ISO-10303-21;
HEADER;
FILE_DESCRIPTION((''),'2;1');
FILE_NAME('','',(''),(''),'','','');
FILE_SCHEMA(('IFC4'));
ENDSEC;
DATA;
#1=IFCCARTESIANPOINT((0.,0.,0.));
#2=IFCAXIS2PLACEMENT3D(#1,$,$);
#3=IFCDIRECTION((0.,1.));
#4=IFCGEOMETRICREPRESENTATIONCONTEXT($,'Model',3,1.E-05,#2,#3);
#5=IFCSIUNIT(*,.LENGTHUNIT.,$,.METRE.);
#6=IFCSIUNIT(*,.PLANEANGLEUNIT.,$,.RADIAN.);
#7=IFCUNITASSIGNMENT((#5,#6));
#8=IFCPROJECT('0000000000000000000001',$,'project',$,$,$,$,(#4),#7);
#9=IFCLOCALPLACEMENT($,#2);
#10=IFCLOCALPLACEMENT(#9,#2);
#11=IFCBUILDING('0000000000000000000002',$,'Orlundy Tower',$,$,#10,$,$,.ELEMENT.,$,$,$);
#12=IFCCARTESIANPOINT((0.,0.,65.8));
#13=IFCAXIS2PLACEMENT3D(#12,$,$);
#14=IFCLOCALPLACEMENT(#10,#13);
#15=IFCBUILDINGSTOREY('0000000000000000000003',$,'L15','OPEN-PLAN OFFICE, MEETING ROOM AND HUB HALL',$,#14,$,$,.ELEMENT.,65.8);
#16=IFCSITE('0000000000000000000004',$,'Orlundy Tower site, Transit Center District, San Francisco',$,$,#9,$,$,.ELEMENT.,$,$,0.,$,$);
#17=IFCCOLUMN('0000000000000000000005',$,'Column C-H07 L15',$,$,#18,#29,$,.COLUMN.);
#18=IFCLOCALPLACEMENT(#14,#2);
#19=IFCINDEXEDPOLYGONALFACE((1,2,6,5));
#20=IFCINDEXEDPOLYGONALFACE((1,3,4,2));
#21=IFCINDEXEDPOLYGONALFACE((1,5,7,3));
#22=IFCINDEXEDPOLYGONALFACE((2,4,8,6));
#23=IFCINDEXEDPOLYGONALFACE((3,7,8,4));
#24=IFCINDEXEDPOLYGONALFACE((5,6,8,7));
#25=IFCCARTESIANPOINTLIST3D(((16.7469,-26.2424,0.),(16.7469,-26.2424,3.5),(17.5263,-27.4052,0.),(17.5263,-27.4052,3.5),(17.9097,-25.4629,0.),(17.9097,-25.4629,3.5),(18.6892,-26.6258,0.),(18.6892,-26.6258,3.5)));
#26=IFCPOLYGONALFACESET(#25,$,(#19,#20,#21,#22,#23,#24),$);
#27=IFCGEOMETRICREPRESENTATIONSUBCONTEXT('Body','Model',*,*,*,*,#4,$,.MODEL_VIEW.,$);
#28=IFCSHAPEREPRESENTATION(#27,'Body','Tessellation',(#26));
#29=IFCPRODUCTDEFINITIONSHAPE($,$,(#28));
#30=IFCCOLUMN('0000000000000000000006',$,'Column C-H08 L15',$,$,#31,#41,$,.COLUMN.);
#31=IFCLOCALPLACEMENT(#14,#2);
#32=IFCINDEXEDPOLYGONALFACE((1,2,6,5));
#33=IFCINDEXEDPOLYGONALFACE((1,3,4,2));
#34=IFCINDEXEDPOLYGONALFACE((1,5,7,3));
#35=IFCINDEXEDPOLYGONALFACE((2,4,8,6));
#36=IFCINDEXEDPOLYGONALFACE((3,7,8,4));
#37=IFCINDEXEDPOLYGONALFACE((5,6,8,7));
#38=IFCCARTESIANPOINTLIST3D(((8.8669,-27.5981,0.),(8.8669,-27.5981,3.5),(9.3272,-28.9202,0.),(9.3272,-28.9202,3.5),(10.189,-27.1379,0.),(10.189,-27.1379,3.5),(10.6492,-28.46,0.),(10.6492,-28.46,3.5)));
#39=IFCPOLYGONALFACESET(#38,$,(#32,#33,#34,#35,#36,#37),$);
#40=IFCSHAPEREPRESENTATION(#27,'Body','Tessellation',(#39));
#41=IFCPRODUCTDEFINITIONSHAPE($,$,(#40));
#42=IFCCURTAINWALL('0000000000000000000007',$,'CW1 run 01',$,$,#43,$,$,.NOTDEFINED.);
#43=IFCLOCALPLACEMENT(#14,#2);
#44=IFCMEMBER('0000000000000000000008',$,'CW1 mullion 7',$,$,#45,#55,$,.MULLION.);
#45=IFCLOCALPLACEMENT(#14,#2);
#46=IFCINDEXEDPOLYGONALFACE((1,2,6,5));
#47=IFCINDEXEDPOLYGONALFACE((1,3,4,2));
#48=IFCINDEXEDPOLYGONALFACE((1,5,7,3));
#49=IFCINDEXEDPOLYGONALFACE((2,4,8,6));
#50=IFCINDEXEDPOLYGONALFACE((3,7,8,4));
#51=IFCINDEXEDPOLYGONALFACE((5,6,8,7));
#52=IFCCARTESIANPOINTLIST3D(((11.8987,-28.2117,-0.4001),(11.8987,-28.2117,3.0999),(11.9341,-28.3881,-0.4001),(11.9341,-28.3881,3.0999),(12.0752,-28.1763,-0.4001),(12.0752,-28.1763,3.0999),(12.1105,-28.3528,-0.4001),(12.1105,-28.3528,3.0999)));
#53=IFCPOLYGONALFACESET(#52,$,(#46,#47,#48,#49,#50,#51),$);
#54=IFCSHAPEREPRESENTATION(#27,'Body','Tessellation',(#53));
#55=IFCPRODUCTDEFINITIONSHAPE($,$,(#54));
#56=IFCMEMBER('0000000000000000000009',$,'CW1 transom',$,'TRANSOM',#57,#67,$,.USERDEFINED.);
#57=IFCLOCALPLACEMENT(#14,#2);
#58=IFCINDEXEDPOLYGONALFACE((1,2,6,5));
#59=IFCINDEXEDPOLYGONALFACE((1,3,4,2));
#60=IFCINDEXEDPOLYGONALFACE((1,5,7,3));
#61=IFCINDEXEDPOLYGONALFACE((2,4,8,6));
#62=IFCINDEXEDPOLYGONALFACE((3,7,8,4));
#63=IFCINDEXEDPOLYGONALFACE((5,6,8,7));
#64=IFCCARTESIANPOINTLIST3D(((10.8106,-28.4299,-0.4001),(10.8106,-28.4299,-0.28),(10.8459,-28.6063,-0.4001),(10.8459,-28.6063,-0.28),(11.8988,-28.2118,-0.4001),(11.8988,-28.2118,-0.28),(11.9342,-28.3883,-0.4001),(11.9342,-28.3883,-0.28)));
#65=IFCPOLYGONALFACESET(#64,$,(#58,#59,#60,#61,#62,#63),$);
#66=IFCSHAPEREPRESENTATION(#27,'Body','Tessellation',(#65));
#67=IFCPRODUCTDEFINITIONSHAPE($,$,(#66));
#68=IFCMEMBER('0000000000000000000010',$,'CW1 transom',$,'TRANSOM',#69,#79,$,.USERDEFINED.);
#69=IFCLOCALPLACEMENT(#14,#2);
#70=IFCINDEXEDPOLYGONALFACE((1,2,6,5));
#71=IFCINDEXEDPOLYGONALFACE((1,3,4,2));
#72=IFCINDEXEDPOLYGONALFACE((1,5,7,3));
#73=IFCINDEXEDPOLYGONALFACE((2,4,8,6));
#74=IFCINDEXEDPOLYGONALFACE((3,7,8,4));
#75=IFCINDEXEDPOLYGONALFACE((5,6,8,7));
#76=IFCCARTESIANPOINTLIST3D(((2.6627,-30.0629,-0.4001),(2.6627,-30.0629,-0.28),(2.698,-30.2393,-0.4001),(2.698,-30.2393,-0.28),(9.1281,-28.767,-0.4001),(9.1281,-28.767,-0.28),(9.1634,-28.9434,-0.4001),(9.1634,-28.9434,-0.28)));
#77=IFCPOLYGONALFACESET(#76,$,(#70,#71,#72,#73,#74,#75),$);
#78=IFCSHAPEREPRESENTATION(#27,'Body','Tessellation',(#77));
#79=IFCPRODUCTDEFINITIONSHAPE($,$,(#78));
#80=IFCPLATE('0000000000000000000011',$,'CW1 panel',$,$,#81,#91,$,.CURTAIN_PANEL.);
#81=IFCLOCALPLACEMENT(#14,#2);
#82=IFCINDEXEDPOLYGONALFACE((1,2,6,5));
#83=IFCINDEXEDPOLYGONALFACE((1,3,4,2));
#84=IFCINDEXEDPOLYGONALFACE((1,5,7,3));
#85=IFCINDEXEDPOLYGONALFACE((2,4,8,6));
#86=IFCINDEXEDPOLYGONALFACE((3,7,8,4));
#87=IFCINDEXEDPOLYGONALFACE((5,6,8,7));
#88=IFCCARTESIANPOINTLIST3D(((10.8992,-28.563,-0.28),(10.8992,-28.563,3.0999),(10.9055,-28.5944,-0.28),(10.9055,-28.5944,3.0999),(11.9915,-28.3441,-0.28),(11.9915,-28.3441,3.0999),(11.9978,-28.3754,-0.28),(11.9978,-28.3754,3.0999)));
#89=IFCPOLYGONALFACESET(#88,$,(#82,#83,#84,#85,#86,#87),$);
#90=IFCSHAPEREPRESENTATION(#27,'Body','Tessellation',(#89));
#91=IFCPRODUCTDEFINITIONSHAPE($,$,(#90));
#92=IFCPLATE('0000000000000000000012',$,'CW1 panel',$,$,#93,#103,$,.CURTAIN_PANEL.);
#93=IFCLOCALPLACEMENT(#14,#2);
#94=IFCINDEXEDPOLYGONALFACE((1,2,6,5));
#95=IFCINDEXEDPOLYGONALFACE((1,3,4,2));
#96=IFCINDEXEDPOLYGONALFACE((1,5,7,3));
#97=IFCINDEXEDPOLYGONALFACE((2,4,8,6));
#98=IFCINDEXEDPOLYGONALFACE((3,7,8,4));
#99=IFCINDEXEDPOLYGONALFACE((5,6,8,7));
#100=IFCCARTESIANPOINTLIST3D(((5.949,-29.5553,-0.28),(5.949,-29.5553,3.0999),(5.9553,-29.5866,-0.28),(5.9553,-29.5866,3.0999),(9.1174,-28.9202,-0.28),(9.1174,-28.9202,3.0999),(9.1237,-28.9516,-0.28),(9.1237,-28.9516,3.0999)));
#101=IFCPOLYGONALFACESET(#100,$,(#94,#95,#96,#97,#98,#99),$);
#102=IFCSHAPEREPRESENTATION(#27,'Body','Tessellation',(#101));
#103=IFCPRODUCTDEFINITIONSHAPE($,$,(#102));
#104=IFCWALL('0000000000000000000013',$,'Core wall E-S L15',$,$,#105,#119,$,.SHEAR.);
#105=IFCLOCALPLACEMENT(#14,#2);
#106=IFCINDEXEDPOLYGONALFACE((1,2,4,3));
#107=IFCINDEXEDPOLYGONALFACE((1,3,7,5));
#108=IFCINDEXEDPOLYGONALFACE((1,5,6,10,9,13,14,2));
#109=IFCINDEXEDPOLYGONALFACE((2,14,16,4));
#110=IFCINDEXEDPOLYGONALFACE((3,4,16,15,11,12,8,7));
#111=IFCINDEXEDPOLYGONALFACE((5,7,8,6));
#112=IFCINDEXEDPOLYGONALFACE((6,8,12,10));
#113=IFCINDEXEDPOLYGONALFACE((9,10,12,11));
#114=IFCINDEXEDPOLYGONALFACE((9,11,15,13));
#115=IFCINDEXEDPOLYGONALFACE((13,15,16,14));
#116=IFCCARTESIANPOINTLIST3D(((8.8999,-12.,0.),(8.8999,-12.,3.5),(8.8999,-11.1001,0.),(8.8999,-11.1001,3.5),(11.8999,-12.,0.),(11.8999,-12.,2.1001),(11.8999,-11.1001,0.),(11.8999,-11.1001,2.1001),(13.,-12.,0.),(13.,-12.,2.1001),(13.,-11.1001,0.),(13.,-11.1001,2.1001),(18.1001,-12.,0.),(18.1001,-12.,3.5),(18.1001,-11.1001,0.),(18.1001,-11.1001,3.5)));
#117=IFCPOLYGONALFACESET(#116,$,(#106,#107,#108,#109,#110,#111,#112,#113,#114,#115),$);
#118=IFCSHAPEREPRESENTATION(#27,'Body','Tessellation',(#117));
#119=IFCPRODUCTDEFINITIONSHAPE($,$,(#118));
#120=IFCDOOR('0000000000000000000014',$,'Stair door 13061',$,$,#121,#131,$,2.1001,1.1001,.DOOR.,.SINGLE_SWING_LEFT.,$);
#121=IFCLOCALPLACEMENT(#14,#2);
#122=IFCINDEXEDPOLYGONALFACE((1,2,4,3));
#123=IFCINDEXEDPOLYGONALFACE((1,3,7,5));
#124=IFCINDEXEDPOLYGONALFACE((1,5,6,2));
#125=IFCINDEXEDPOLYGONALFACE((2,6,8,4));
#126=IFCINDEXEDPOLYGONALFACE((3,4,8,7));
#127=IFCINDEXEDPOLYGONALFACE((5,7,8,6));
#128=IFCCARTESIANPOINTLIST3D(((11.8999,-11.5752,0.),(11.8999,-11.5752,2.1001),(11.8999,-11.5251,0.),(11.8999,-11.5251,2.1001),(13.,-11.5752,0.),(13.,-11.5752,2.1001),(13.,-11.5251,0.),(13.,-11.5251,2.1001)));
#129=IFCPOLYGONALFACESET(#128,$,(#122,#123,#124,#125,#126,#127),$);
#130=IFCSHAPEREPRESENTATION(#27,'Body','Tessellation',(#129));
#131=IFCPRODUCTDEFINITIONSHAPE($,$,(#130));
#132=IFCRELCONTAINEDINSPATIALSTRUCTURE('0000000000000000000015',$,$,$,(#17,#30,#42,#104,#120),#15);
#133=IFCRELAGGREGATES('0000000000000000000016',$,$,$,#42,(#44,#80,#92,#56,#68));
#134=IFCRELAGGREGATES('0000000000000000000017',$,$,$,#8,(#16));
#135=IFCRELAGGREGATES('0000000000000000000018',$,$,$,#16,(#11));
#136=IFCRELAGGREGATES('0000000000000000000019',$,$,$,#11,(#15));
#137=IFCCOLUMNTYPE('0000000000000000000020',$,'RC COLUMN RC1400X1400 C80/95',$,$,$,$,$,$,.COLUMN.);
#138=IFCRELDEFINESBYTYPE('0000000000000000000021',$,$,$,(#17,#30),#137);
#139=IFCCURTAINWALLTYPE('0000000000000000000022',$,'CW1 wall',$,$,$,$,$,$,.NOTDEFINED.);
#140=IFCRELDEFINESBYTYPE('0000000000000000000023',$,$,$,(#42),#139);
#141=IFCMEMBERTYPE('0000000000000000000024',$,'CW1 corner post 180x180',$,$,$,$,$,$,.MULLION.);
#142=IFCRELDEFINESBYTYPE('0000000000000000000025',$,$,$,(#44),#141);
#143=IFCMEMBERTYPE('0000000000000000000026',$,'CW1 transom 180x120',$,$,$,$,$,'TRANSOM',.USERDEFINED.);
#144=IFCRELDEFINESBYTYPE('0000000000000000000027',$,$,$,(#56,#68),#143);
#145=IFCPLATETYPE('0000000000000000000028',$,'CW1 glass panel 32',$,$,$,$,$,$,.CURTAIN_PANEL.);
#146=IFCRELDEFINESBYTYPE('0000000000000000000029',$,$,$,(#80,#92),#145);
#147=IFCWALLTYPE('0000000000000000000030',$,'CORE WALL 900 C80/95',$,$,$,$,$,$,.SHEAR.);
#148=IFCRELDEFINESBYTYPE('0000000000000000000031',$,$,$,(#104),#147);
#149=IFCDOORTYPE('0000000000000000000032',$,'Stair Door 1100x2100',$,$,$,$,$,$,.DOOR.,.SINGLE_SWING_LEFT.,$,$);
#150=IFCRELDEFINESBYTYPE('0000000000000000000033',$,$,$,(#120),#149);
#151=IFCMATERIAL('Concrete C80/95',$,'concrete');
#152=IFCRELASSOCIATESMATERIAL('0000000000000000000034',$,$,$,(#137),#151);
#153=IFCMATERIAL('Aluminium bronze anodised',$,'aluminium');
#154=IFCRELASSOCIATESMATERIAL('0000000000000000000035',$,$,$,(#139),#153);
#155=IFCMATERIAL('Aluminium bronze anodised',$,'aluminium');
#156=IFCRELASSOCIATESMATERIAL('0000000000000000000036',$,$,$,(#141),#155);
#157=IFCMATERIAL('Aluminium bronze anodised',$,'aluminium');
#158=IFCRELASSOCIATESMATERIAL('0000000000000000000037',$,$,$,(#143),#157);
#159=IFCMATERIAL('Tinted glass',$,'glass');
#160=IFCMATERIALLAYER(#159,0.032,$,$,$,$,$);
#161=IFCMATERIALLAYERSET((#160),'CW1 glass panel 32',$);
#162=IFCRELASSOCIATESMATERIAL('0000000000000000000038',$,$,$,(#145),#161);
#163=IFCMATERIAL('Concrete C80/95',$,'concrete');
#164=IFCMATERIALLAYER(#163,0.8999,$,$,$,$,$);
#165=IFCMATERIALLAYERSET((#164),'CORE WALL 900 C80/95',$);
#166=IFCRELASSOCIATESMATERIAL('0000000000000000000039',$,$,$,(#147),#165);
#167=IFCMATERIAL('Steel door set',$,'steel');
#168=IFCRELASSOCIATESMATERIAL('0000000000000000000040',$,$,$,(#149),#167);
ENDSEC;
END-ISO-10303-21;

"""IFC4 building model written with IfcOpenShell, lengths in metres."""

from ifc_helpers import new_model, si_unit, direction, frame, frame_2d, origin, origin_2d, place, context, subcontext, project, spatial, rectangle, extrude, material, layer, layer_set, material_profile, profile_set, type_object, element, fill, aggregate, save


model = new_model("IFC4")

# Units and contexts
model_context = context("Model", 3, precision=1e-05, world=origin(), true_north=direction((0.0, 1.0)))
body_context = subcontext(model_context, "Body", "Model", "MODEL_VIEW")
ifc_project = project(units=[si_unit("LENGTHUNIT", "METRE"), si_unit("PLANEANGLEUNIT", "RADIAN")], contexts=[model_context])

# Site, building, storey
site_placement = place(None, origin())
site = spatial("IfcSite", under=ifc_project, at=site_placement, Name="Orlundy Tower site, Transit Center District, San Francisco", CompositionType="ELEMENT", RefElevation=0.0)
building_placement = place(site_placement, origin())
building = spatial("IfcBuilding", under=site, at=building_placement, Name="Orlundy Tower", CompositionType="ELEMENT")
storey_placement = place(building_placement, frame((0.0, 0.0, 65.8)))
storey = spatial("IfcBuildingStorey", under=building, at=storey_placement, Name="L15", Description="OPEN-PLAN OFFICE, MEETING ROOM AND HUB HALL", CompositionType="ELEMENT", Elevation=65.8)

# Columns
ifc_material_1 = material(Name="Concrete C80/95", Category="concrete")
ifc_material_profile_1 = material_profile(ifc_material_1, rectangle(XDim=1.3999, YDim=1.3999, at=origin_2d()), Name="RC1400X1400")
ifc_profile_set_1 = profile_set([ifc_material_profile_1], Name="Concrete C80/95")
column_type = type_object("IfcColumnType", Name="RC COLUMN RC1400X1400 C80/95", PredefinedType="COLUMN", material=ifc_profile_set_1)
for number, where, z_axis, x_axis, name in (
    (1, (17.718, -26.4341, 0.0), (0.0, 0.0, 1.0), (0.556774, -0.830664, 0.0), "Column C-H07 L15"),
    (2, (9.7581, -28.0291, 0.0), (0.0, 0.0, 1.0), (0.328784, -0.944405, 0.0), "Column C-H08 L15"),
):
    element("IfcColumn", number, at=place(storey_placement, frame(where, z_axis=z_axis, x_axis=x_axis)), inside=storey, type_object=column_type, Name=name, PredefinedType="COLUMN", context=body_context, shape_type="SweptSolid", body=[
        extrude(rectangle(XDim=1.3999, YDim=1.3999, at=origin_2d()), origin(), (0.0, 0.0, 1.0), 3.5),
    ])

# Curtain wall, members, plates
ifc_material_2 = material(Name="Aluminium bronze anodised", Category="aluminium")
curtain_wall_type = type_object("IfcCurtainWallType", Name="CW1 wall", PredefinedType="NOTDEFINED", material=ifc_material_2)
curtain_wall_placement = place(storey_placement, origin())
curtain_wall = element("IfcCurtainWall", 3, at=curtain_wall_placement, inside=storey, type_object=curtain_wall_type, Name="CW1 run 01", PredefinedType="NOTDEFINED")
ifc_material_3 = material(Name="Aluminium bronze anodised", Category="aluminium")
ifc_material_profile_2 = material_profile(ifc_material_3, rectangle(XDim=0.1799, YDim=0.1799, at=origin_2d()), Name="CW1 corner post 180x180")
ifc_profile_set_2 = profile_set([ifc_material_profile_2], Name="Aluminium bronze anodised")
member_type_1 = type_object("IfcMemberType", Name="CW1 corner post 180x180", PredefinedType="MULLION", material=ifc_profile_set_2)
member_1_placement = place(storey_placement, frame((12.0046, -28.2822, -0.4001), z_axis=(0.0, 0.0, 1.0), x_axis=(0.196532, -0.980497, 0.0)))
member_1 = element("IfcMember", 4, at=member_1_placement, type_object=member_type_1, Name="CW1 mullion 7", PredefinedType="MULLION", context=body_context, shape_type="SweptSolid", body=[
    extrude(rectangle(XDim=0.1799, YDim=0.1799, at=origin_2d()), origin(), (0.0, 0.0, 1.0), 3.5),
])
ifc_material_4 = material(Name="Aluminium bronze anodised", Category="aluminium")
ifc_material_profile_3 = material_profile(ifc_material_4, rectangle(XDim=0.1799, YDim=0.1201, at=origin_2d()), Name="CW1 transom 180x120")
ifc_profile_set_3 = profile_set([ifc_material_profile_3], Name="Aluminium bronze anodised")
member_type_2 = type_object("IfcMemberType", Name="CW1 transom 180x120", ElementType="TRANSOM", PredefinedType="USERDEFINED", material=ifc_profile_set_3)
member_2_placement = place(storey_placement, frame((11.9165, -28.3, -0.3401), z_axis=(-0.980513, -0.196455, 0.0), x_axis=(0.196455, -0.980513, 0.0)))
member_2 = element("IfcMember", 5, at=member_2_placement, type_object=member_type_2, Name="CW1 transom", ObjectType="TRANSOM", PredefinedType="USERDEFINED", context=body_context, shape_type="SweptSolid", body=[
    extrude(rectangle(XDim=0.1799, YDim=0.1201, at=origin_2d()), origin(), (0.0, 0.0, 1.0), 1.1099),
])
member_3_placement = place(storey_placement, frame((9.1458, -28.8552, -0.3401), z_axis=(-0.980498, -0.196529, 0.0), x_axis=(0.196529, -0.980498, 0.0)))
member_3 = element("IfcMember", 6, at=member_3_placement, type_object=member_type_2, Name="CW1 transom", ObjectType="TRANSOM", PredefinedType="USERDEFINED", context=body_context, shape_type="SweptSolid", body=[
    extrude(rectangle(XDim=0.1799, YDim=0.1201, at=origin_2d()), origin(), (0.0, 0.0, 1.0), 6.594),
])
ifc_material_5 = material(Name="Tinted glass", Category="glass")
ifc_layer_1 = layer(ifc_material_5, 0.032)
ifc_layer_set_1 = layer_set([ifc_layer_1], Name="CW1 glass panel 32")
plate_type = type_object("IfcPlateType", Name="CW1 glass panel 32", PredefinedType="CURTAIN_PANEL", material=ifc_layer_set_1)
plate_1_placement = place(storey_placement, frame((11.4485, -28.4692, -0.28), z_axis=(0.0, 0.0, 1.0), x_axis=(-0.980497, -0.196532, 0.0)))
plate_1 = element("IfcPlate", 7, at=plate_1_placement, type_object=plate_type, Name="CW1 panel", PredefinedType="CURTAIN_PANEL", context=body_context, shape_type="SweptSolid", body=[
    extrude(rectangle(XDim=1.114, YDim=0.032, at=origin_2d()), origin(), (0.0, 0.0, 1.0), 3.3799),
])
plate_2_placement = place(storey_placement, frame((7.5364, -29.2534, -0.28), z_axis=(0.0, 0.0, 1.0), x_axis=(-0.980497, -0.196532, 0.0)))
plate_2 = element("IfcPlate", 8, at=plate_2_placement, type_object=plate_type, Name="CW1 panel", PredefinedType="CURTAIN_PANEL", context=body_context, shape_type="SweptSolid", body=[
    extrude(rectangle(XDim=3.2314, YDim=0.032, at=origin_2d()), origin(), (0.0, 0.0, 1.0), 3.3799),
])
aggregate(curtain_wall, [member_1, plate_1, plate_2, member_2, member_3])

# Wall, opening, door
ifc_material_6 = material(Name="Concrete C80/95", Category="concrete")
ifc_layer_2 = layer(ifc_material_6, 0.8999)
ifc_layer_set_2 = layer_set([ifc_layer_2], Name="CORE WALL 900 C80/95")
wall_type_1 = type_object("IfcWallType", Name="CORE WALL 900 C80/95", PredefinedType="SHEAR", material=ifc_layer_set_2)
wall_1_placement = place(storey_placement, frame((8.8999, -11.55, 0.0), z_axis=(0.0, 0.0, 1.0), x_axis=(1.0, 0.0, 0.0)))
wall_1 = element("IfcWall", 9, at=wall_1_placement, inside=storey, type_object=wall_type_1, Name="Core wall E-S L15", PredefinedType="SHEAR", context=body_context, shape_type="SweptSolid", body=[
    extrude(rectangle(XDim=9.2002, YDim=0.8999, at=frame_2d((4.6001, 0.0))), origin(), (0.0, 0.0, 1.0), 3.5),
])
opening_1_placement = place(wall_1_placement, frame((3.0, 0.0, 0.0)))
opening_1 = element("IfcOpeningElement", 10, at=opening_1_placement, cuts=wall_1, PredefinedType="OPENING", context=body_context, shape_type="SweptSolid", body=[
    extrude(rectangle(XDim=1.1001, YDim=2.1001, at=frame_2d((0.55, 1.05))), frame((0.0, 0.46, 0.0), z_axis=(0.0, -1.0, 0.0), x_axis=(1.0, 0.0, 0.0)), (0.0, 0.0, 1.0), 0.9199),
])
ifc_material_7 = material(Name="Steel door set", Category="steel")
door_type_1 = type_object("IfcDoorType", Name="Stair Door 1100x2100", OperationType="SINGLE_SWING_LEFT", PredefinedType="DOOR", material=ifc_material_7)
door_1_placement = place(opening_1_placement, origin())
door_1 = element("IfcDoor", 11, at=door_1_placement, inside=storey, type_object=door_type_1, Name="Stair door 13061", OperationType="SINGLE_SWING_LEFT", OverallHeight=2.1001, OverallWidth=1.1001, PredefinedType="DOOR", context=body_context, shape_type="SweptSolid", body=[
    extrude(rectangle(XDim=1.1001, YDim=2.1001, at=frame_2d((0.55, 1.05))), frame((0.0, 0.0249, 0.0), z_axis=(0.0, -1.0, 0.0), x_axis=(1.0, 0.0, 0.0)), (0.0, 0.0, 1.0), 0.05),
])
fill(opening_1, door_1)

save(model, "model.ifc")
